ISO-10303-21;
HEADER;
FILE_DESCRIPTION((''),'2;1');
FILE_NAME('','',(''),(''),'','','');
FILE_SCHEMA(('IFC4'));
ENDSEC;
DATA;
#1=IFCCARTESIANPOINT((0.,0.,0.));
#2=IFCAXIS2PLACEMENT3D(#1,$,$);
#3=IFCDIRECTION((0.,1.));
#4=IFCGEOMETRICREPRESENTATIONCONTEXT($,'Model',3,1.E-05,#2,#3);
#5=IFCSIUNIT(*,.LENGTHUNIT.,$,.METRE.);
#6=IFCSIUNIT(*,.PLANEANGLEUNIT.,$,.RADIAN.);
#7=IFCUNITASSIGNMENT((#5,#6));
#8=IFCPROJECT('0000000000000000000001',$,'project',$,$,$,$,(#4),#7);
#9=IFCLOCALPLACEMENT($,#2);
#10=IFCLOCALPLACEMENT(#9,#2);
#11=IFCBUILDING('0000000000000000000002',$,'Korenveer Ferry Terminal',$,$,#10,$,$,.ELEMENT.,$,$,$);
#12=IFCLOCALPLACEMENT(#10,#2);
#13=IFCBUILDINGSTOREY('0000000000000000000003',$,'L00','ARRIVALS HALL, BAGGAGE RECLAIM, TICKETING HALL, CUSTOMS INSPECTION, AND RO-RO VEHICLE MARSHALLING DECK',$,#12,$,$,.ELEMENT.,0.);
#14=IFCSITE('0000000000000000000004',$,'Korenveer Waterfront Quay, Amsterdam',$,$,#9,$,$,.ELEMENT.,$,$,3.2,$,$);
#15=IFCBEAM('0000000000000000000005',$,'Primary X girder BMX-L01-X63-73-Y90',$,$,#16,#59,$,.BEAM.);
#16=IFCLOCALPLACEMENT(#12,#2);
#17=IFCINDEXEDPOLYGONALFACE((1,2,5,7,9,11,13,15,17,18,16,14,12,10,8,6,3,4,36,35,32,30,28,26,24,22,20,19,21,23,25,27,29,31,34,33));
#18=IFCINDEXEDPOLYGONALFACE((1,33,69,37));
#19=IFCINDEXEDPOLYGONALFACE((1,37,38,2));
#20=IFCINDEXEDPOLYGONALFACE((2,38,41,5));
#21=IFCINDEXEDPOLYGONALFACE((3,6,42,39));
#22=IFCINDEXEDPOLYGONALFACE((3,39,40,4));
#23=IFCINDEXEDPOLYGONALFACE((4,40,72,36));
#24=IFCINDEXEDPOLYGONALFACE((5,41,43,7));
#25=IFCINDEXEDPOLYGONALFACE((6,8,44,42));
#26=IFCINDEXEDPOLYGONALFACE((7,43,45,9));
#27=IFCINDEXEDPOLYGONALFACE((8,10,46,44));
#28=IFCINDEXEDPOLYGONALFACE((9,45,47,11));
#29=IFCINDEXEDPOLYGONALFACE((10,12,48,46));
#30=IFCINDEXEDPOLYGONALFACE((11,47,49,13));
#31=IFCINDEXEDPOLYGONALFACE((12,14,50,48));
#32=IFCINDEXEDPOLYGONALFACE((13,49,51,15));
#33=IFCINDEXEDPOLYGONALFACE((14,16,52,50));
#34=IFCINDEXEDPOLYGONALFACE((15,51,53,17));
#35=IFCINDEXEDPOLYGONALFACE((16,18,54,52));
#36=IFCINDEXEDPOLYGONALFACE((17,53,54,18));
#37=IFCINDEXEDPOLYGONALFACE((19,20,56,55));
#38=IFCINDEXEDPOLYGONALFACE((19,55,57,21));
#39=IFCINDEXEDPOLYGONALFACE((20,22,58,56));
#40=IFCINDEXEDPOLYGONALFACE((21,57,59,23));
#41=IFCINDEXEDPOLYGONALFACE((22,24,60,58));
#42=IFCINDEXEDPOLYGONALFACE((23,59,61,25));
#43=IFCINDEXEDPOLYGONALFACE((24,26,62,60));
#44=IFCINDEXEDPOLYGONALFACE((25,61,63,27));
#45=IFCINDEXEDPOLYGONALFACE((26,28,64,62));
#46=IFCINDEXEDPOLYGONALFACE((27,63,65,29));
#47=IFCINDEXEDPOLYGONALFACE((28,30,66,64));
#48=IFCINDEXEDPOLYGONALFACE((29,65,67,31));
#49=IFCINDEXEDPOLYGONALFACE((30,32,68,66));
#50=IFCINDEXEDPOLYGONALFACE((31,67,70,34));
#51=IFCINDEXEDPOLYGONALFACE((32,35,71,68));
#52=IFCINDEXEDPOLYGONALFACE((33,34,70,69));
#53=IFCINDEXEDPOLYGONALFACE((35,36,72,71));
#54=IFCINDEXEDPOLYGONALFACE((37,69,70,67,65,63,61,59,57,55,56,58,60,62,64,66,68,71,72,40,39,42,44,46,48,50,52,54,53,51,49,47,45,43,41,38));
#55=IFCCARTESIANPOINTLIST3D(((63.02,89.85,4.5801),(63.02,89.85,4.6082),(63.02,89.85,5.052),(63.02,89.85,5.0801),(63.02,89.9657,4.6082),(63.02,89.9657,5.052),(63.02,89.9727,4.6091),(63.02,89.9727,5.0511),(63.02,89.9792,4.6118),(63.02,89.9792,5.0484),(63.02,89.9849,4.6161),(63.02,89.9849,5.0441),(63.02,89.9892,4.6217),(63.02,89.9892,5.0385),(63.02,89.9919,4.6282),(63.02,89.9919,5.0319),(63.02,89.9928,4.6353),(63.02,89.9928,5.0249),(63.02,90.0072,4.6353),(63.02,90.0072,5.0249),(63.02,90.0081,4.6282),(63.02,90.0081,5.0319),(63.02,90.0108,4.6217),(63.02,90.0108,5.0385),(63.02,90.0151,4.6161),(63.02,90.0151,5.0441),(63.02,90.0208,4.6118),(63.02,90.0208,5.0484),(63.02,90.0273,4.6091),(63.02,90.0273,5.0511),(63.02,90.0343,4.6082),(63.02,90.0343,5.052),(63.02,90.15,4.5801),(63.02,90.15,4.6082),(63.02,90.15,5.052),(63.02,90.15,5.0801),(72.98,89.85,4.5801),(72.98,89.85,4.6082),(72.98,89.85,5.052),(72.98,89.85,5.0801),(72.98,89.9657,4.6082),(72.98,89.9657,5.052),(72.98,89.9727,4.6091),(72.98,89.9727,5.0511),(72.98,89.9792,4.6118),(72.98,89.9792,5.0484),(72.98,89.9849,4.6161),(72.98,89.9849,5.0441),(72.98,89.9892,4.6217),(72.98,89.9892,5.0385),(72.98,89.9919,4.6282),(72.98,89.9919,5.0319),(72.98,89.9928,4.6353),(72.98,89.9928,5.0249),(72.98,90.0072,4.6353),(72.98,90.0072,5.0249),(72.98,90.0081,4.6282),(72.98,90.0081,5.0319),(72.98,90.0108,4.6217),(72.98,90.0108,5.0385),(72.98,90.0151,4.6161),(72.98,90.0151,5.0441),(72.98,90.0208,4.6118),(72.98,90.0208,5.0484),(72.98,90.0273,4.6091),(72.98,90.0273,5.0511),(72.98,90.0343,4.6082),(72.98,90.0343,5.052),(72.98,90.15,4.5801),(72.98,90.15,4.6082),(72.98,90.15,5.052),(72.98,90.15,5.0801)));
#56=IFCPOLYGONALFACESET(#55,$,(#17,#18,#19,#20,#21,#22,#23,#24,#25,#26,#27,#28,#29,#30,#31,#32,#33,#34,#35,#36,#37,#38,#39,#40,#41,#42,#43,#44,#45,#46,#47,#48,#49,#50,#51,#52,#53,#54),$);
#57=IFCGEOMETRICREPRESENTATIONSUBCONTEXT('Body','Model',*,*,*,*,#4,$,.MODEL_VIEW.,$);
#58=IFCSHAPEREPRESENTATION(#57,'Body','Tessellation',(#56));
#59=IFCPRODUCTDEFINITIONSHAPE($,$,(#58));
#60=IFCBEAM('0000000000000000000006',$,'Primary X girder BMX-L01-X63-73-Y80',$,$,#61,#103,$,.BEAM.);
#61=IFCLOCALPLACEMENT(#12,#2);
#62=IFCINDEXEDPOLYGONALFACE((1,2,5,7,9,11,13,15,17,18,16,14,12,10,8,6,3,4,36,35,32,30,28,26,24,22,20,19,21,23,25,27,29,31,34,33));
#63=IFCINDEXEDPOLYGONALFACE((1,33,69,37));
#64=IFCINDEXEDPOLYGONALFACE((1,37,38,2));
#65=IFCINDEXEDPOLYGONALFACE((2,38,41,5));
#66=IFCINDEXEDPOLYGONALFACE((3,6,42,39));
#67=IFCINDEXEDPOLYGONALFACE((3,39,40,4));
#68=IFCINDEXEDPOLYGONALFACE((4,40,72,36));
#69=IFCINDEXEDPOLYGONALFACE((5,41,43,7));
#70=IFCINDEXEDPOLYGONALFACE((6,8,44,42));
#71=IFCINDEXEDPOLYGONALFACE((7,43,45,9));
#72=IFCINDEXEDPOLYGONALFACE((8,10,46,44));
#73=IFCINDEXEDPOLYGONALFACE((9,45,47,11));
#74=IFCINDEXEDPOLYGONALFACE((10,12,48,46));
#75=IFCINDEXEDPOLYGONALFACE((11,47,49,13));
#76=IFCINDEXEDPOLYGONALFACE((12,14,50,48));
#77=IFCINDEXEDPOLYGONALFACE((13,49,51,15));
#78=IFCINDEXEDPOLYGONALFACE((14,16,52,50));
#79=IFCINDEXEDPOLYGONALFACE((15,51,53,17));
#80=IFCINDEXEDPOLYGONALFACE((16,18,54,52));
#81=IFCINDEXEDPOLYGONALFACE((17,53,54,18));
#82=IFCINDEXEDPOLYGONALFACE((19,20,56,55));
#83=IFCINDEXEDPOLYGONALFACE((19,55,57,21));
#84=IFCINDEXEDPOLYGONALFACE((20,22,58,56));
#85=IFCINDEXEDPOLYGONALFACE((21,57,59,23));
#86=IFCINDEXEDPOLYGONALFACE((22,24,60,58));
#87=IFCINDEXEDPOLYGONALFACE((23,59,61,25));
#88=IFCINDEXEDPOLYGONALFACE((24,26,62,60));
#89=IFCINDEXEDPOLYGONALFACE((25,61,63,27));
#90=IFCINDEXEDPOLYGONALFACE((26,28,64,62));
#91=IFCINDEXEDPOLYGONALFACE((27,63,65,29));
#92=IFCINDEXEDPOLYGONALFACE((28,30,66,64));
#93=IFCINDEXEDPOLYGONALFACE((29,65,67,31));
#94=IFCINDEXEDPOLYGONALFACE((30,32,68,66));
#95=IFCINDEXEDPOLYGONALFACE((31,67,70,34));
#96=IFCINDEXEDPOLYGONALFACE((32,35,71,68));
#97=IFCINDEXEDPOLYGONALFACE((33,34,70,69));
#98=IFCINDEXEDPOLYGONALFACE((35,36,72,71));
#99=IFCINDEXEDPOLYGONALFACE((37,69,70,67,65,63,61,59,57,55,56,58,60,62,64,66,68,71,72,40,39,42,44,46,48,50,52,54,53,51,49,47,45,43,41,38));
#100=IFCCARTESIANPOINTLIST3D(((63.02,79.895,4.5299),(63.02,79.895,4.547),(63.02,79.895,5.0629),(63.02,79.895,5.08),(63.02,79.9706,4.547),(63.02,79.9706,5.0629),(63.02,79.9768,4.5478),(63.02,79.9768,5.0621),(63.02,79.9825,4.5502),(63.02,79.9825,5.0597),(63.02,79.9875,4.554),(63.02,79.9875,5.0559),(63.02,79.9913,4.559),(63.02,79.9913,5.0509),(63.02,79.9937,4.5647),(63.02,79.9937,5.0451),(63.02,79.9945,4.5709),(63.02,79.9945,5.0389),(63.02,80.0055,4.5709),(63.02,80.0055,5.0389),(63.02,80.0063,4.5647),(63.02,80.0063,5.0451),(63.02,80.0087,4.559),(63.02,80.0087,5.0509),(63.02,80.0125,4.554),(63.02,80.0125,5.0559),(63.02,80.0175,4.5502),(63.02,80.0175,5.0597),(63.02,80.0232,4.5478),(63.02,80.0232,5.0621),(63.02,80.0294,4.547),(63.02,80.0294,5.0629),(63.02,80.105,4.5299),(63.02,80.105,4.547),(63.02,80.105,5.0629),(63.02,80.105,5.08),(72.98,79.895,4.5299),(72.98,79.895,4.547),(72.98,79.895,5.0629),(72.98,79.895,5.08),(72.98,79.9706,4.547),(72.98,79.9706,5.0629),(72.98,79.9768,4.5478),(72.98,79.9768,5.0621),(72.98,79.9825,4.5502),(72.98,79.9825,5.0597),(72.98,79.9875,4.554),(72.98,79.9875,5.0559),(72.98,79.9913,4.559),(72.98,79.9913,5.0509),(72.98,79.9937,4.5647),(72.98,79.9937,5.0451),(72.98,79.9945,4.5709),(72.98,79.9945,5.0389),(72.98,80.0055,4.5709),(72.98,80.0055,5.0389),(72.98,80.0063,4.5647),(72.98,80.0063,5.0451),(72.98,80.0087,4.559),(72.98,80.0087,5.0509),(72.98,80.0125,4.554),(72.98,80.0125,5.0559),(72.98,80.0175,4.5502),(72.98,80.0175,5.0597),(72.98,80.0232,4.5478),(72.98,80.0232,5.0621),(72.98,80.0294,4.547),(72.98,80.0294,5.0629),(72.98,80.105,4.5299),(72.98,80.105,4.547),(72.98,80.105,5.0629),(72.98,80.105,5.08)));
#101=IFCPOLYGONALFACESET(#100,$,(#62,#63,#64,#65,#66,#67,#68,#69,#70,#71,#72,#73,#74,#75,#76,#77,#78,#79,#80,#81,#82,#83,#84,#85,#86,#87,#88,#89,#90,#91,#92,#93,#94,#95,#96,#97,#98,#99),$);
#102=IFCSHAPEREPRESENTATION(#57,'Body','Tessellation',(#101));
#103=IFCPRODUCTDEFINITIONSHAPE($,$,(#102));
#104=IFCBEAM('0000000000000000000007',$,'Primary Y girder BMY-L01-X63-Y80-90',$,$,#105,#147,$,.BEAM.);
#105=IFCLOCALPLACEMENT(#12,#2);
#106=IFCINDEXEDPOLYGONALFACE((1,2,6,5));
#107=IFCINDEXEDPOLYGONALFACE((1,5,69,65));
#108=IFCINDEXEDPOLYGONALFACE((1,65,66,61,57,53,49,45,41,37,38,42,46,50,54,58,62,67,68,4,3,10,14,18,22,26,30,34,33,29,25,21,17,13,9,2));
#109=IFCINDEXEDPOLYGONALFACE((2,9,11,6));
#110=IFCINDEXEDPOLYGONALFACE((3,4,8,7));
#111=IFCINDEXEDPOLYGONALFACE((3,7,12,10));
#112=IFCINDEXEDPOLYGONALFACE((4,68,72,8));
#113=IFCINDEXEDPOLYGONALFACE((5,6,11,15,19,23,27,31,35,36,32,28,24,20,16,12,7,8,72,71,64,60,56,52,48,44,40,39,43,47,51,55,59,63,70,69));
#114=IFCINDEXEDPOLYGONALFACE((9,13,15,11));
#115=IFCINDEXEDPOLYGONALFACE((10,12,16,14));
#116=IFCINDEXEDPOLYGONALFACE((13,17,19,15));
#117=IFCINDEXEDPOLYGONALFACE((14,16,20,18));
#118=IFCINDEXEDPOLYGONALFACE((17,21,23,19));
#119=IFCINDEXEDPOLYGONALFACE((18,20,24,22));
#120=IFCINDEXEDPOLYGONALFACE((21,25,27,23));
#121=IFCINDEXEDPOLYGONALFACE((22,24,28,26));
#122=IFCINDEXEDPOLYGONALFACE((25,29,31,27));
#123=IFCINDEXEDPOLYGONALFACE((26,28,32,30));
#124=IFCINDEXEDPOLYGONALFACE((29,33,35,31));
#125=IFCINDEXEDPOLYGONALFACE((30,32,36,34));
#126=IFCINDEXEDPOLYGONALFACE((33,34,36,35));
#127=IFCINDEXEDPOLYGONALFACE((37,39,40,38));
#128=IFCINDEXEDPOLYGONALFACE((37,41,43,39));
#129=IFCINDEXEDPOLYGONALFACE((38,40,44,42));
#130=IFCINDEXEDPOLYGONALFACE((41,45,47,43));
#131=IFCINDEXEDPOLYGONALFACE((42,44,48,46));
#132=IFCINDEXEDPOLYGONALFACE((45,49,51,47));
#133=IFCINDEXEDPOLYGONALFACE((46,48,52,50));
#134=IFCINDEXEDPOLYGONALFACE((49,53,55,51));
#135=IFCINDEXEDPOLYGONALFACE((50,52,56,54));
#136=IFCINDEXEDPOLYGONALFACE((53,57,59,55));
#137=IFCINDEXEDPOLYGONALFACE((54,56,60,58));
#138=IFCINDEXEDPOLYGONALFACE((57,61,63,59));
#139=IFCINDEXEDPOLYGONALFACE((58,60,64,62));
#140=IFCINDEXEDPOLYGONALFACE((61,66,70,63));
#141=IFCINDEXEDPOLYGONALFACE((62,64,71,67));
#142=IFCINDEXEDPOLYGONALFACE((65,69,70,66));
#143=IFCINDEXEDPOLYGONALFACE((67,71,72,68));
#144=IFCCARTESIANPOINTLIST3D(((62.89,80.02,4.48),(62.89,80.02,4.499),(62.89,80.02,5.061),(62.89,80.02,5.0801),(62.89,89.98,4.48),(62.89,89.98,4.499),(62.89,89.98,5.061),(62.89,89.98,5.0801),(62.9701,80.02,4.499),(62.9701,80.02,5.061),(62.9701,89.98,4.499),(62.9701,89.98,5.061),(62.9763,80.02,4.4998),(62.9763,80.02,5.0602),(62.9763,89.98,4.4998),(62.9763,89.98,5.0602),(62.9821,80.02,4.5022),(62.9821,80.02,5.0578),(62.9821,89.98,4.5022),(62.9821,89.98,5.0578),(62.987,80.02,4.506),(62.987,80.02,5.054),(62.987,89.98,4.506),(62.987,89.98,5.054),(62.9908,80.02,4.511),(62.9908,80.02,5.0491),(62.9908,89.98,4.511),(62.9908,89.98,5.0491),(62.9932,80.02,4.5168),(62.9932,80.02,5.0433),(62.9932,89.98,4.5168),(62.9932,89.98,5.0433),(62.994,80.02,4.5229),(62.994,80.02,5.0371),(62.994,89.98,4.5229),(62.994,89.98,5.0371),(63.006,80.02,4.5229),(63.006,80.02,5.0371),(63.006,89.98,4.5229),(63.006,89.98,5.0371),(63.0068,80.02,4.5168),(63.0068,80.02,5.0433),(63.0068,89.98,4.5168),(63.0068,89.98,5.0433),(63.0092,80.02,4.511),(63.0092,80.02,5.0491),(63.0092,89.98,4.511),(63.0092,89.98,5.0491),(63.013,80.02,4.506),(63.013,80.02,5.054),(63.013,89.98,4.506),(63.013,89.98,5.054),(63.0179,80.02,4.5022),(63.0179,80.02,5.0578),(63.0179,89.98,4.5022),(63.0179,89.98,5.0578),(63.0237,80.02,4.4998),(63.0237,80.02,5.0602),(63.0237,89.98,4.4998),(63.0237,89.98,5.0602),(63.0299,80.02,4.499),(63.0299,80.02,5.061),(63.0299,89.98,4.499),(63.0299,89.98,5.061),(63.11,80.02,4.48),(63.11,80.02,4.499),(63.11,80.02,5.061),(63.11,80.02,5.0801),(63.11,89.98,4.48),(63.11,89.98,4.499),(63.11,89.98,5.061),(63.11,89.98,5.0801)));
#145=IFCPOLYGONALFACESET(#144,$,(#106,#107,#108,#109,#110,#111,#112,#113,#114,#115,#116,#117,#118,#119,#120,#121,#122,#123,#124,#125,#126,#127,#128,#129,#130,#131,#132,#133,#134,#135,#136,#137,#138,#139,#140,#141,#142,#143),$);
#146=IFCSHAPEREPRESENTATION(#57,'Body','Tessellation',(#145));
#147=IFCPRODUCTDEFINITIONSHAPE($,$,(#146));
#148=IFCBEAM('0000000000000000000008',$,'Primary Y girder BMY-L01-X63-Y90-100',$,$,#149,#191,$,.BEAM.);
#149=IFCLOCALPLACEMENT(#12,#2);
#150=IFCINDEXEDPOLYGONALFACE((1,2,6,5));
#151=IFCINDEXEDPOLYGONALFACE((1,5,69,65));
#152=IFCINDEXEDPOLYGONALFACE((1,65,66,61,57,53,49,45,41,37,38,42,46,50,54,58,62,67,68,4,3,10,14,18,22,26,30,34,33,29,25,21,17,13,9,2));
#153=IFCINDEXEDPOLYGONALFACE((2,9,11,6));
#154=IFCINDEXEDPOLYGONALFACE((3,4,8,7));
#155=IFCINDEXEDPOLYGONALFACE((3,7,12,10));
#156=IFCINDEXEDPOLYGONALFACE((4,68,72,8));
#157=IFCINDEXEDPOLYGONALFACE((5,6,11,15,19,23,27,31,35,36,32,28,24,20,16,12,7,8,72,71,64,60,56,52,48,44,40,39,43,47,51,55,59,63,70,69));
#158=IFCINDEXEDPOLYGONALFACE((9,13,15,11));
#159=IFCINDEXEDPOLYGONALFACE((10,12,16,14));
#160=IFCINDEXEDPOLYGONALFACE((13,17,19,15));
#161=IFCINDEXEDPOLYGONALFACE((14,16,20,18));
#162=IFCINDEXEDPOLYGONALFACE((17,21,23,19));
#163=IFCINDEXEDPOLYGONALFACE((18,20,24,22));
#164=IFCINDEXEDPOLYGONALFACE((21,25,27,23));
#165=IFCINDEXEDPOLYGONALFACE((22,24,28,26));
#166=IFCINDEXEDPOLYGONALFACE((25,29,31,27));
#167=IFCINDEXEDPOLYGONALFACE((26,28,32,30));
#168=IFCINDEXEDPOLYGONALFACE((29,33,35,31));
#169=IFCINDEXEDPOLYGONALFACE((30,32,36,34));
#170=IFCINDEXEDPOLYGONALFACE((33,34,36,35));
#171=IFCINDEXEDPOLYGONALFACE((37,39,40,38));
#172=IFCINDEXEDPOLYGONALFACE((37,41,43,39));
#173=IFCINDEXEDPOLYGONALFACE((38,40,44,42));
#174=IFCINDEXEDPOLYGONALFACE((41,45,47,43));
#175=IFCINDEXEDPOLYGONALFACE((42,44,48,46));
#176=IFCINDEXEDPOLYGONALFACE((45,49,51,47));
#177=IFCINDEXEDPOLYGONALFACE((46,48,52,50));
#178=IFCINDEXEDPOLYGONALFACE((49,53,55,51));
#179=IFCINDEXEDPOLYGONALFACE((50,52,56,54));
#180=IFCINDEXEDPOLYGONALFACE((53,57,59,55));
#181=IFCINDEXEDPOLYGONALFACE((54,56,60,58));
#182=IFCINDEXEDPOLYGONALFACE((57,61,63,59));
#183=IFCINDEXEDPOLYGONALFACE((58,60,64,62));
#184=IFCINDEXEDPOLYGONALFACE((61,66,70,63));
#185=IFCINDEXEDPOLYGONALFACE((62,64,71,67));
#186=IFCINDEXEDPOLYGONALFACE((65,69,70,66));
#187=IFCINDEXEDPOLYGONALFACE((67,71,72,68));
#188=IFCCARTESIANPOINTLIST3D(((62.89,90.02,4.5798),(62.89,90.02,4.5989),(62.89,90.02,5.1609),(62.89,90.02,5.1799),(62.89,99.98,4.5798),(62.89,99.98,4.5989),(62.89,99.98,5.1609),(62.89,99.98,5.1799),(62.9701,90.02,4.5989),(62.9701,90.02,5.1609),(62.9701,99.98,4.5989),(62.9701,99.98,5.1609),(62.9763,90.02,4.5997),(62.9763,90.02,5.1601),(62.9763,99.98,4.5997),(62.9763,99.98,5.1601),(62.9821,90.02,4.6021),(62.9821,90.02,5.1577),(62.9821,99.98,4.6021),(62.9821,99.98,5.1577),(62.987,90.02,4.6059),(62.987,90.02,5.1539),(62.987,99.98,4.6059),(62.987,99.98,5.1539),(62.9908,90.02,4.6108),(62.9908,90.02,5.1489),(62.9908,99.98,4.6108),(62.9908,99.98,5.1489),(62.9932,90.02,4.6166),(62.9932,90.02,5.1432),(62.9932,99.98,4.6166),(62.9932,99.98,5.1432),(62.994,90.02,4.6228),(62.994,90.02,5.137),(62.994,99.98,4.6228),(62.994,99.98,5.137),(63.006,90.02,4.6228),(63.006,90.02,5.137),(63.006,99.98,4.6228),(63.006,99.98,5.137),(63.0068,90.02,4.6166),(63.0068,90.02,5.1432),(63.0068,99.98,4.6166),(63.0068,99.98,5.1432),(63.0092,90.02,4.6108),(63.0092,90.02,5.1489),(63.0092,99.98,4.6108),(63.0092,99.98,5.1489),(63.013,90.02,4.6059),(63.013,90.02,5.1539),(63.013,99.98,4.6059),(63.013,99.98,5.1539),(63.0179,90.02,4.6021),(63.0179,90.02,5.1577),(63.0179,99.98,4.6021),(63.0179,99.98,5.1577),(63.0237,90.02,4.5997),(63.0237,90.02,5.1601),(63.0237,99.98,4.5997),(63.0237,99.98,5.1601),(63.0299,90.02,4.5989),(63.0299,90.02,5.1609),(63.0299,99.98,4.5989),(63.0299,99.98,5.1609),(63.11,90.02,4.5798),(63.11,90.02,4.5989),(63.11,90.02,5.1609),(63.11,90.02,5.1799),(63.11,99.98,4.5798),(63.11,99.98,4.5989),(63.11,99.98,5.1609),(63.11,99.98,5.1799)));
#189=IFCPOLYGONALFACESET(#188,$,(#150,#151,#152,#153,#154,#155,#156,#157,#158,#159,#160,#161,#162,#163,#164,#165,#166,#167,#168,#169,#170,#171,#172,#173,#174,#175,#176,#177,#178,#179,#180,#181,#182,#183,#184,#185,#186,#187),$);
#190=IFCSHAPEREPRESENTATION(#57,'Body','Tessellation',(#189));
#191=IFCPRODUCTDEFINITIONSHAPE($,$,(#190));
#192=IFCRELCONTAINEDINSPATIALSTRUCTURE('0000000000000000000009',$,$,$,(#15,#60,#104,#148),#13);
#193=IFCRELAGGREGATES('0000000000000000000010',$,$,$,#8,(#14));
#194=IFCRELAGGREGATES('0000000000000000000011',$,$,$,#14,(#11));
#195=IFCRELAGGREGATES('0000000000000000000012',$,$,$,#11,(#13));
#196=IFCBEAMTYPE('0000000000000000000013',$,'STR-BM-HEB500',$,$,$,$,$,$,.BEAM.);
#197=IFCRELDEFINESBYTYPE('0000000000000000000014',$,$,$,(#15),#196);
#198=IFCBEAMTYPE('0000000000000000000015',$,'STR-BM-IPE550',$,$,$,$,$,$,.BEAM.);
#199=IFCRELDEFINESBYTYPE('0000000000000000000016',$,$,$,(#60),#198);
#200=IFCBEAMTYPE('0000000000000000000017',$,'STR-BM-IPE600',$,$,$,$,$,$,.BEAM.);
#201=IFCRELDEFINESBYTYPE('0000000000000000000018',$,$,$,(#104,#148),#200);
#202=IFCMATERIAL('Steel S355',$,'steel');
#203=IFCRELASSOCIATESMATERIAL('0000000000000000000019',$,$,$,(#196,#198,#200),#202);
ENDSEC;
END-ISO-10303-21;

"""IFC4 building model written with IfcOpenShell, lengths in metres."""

from ifc_helpers import new_model, si_unit, direction, frame, origin, origin_2d, place, context, subcontext, project, spatial, i_section, extrude, material, material_profile, profile_set, type_object, element, save


model = new_model("IFC4")

# Units and contexts
model_context = context("Model", 3, precision=1e-05, world=origin(), true_north=direction((0.0, 1.0)))
body_context = subcontext(model_context, "Body", "Model", "MODEL_VIEW")
ifc_project = project(units=[si_unit("LENGTHUNIT", "METRE"), si_unit("PLANEANGLEUNIT", "RADIAN")], contexts=[model_context])

# Site, building, storey
site_placement = place(None, origin())
site = spatial("IfcSite", under=ifc_project, at=site_placement, Name="Korenveer Waterfront Quay, Amsterdam", CompositionType="ELEMENT", RefElevation=3.2)
building_placement = place(site_placement, origin())
building = spatial("IfcBuilding", under=site, at=building_placement, Name="Korenveer Ferry Terminal", CompositionType="ELEMENT")
storey_placement = place(building_placement, origin())
storey = spatial("IfcBuildingStorey", under=building, at=storey_placement, Name="L00", Description="ARRIVALS HALL, BAGGAGE RECLAIM, TICKETING HALL, CUSTOMS INSPECTION, AND RO-RO VEHICLE MARSHALLING DECK", CompositionType="ELEMENT", Elevation=0.0)

# Shared definitions
ifc_material_1 = material(Name="Steel S355", Category="steel")

# Beams
ifc_material_profile_1 = material_profile(ifc_material_1, i_section(OverallWidth=0.3, OverallDepth=0.5, WebThickness=0.0144, FlangeThickness=0.0281, FilletRadius=0.0271, at=origin_2d()), Name="HEB 500")
ifc_profile_set_1 = profile_set([ifc_material_profile_1], Name="Steel S355")
beam_type_1 = type_object("IfcBeamType", Name="STR-BM-HEB500", PredefinedType="BEAM", material=ifc_profile_set_1)
beam_1_placement = place(storey_placement, frame((63.02, 90.0, 4.8301), z_axis=(1.0, 0.0, 0.0), x_axis=(0.0, 1.0, 0.0)))
element("IfcBeam", 1, at=beam_1_placement, inside=storey, type_object=beam_type_1, Name="Primary X girder BMX-L01-X63-73-Y90", PredefinedType="BEAM", context=body_context, shape_type="SweptSolid", body=[
    extrude(i_section(OverallWidth=0.3, OverallDepth=0.5, WebThickness=0.0144, FlangeThickness=0.0281, FilletRadius=0.0271, at=origin_2d()), origin(), (0.0, 0.0, 1.0), 9.96),
])
ifc_material_profile_2 = material_profile(ifc_material_1, i_section(OverallWidth=0.21, OverallDepth=0.55, WebThickness=0.011, FlangeThickness=0.0171, FilletRadius=0.0239, at=origin_2d()), Name="IPE 550")
ifc_profile_set_2 = profile_set([ifc_material_profile_2], Name="Steel S355")
beam_type_2 = type_object("IfcBeamType", Name="STR-BM-IPE550", PredefinedType="BEAM", material=ifc_profile_set_2)
beam_2_placement = place(storey_placement, frame((63.02, 80.0, 4.8049), z_axis=(1.0, 0.0, 0.0), x_axis=(0.0, 1.0, 0.0)))
element("IfcBeam", 2, at=beam_2_placement, inside=storey, type_object=beam_type_2, Name="Primary X girder BMX-L01-X63-73-Y80", PredefinedType="BEAM", context=body_context, shape_type="SweptSolid", body=[
    extrude(i_section(OverallWidth=0.21, OverallDepth=0.55, WebThickness=0.011, FlangeThickness=0.0171, FilletRadius=0.0239, at=origin_2d()), origin(), (0.0, 0.0, 1.0), 9.96),
])
ifc_material_profile_3 = material_profile(ifc_material_1, i_section(OverallWidth=0.22, OverallDepth=0.6001, WebThickness=0.012, FlangeThickness=0.019, FilletRadius=0.0239, at=origin_2d()), Name="IPE 600")
ifc_profile_set_3 = profile_set([ifc_material_profile_3], Name="Steel S355")
beam_type_3 = type_object("IfcBeamType", Name="STR-BM-IPE600", PredefinedType="BEAM", material=ifc_profile_set_3)
for number, where, z_axis, x_axis, name in (
    (3, (63.0, 80.02, 4.78), (0.0, 1.0, 0.0), (-1.0, 0.0, 0.0), "Primary Y girder BMY-L01-X63-Y80-90"),
    (4, (63.0, 90.02, 4.8799), (0.0, 1.0, 0.0), (-1.0, 0.0, 0.0), "Primary Y girder BMY-L01-X63-Y90-100"),
):
    element("IfcBeam", number, at=place(storey_placement, frame(where, z_axis=z_axis, x_axis=x_axis)), inside=storey, type_object=beam_type_3, Name=name, PredefinedType="BEAM", context=body_context, shape_type="SweptSolid", body=[
        extrude(i_section(OverallWidth=0.22, OverallDepth=0.6001, WebThickness=0.012, FlangeThickness=0.019, FilletRadius=0.0239, at=origin_2d()), origin(), (0.0, 0.0, 1.0), 9.96),
    ])

save(model, "model.ifc")
